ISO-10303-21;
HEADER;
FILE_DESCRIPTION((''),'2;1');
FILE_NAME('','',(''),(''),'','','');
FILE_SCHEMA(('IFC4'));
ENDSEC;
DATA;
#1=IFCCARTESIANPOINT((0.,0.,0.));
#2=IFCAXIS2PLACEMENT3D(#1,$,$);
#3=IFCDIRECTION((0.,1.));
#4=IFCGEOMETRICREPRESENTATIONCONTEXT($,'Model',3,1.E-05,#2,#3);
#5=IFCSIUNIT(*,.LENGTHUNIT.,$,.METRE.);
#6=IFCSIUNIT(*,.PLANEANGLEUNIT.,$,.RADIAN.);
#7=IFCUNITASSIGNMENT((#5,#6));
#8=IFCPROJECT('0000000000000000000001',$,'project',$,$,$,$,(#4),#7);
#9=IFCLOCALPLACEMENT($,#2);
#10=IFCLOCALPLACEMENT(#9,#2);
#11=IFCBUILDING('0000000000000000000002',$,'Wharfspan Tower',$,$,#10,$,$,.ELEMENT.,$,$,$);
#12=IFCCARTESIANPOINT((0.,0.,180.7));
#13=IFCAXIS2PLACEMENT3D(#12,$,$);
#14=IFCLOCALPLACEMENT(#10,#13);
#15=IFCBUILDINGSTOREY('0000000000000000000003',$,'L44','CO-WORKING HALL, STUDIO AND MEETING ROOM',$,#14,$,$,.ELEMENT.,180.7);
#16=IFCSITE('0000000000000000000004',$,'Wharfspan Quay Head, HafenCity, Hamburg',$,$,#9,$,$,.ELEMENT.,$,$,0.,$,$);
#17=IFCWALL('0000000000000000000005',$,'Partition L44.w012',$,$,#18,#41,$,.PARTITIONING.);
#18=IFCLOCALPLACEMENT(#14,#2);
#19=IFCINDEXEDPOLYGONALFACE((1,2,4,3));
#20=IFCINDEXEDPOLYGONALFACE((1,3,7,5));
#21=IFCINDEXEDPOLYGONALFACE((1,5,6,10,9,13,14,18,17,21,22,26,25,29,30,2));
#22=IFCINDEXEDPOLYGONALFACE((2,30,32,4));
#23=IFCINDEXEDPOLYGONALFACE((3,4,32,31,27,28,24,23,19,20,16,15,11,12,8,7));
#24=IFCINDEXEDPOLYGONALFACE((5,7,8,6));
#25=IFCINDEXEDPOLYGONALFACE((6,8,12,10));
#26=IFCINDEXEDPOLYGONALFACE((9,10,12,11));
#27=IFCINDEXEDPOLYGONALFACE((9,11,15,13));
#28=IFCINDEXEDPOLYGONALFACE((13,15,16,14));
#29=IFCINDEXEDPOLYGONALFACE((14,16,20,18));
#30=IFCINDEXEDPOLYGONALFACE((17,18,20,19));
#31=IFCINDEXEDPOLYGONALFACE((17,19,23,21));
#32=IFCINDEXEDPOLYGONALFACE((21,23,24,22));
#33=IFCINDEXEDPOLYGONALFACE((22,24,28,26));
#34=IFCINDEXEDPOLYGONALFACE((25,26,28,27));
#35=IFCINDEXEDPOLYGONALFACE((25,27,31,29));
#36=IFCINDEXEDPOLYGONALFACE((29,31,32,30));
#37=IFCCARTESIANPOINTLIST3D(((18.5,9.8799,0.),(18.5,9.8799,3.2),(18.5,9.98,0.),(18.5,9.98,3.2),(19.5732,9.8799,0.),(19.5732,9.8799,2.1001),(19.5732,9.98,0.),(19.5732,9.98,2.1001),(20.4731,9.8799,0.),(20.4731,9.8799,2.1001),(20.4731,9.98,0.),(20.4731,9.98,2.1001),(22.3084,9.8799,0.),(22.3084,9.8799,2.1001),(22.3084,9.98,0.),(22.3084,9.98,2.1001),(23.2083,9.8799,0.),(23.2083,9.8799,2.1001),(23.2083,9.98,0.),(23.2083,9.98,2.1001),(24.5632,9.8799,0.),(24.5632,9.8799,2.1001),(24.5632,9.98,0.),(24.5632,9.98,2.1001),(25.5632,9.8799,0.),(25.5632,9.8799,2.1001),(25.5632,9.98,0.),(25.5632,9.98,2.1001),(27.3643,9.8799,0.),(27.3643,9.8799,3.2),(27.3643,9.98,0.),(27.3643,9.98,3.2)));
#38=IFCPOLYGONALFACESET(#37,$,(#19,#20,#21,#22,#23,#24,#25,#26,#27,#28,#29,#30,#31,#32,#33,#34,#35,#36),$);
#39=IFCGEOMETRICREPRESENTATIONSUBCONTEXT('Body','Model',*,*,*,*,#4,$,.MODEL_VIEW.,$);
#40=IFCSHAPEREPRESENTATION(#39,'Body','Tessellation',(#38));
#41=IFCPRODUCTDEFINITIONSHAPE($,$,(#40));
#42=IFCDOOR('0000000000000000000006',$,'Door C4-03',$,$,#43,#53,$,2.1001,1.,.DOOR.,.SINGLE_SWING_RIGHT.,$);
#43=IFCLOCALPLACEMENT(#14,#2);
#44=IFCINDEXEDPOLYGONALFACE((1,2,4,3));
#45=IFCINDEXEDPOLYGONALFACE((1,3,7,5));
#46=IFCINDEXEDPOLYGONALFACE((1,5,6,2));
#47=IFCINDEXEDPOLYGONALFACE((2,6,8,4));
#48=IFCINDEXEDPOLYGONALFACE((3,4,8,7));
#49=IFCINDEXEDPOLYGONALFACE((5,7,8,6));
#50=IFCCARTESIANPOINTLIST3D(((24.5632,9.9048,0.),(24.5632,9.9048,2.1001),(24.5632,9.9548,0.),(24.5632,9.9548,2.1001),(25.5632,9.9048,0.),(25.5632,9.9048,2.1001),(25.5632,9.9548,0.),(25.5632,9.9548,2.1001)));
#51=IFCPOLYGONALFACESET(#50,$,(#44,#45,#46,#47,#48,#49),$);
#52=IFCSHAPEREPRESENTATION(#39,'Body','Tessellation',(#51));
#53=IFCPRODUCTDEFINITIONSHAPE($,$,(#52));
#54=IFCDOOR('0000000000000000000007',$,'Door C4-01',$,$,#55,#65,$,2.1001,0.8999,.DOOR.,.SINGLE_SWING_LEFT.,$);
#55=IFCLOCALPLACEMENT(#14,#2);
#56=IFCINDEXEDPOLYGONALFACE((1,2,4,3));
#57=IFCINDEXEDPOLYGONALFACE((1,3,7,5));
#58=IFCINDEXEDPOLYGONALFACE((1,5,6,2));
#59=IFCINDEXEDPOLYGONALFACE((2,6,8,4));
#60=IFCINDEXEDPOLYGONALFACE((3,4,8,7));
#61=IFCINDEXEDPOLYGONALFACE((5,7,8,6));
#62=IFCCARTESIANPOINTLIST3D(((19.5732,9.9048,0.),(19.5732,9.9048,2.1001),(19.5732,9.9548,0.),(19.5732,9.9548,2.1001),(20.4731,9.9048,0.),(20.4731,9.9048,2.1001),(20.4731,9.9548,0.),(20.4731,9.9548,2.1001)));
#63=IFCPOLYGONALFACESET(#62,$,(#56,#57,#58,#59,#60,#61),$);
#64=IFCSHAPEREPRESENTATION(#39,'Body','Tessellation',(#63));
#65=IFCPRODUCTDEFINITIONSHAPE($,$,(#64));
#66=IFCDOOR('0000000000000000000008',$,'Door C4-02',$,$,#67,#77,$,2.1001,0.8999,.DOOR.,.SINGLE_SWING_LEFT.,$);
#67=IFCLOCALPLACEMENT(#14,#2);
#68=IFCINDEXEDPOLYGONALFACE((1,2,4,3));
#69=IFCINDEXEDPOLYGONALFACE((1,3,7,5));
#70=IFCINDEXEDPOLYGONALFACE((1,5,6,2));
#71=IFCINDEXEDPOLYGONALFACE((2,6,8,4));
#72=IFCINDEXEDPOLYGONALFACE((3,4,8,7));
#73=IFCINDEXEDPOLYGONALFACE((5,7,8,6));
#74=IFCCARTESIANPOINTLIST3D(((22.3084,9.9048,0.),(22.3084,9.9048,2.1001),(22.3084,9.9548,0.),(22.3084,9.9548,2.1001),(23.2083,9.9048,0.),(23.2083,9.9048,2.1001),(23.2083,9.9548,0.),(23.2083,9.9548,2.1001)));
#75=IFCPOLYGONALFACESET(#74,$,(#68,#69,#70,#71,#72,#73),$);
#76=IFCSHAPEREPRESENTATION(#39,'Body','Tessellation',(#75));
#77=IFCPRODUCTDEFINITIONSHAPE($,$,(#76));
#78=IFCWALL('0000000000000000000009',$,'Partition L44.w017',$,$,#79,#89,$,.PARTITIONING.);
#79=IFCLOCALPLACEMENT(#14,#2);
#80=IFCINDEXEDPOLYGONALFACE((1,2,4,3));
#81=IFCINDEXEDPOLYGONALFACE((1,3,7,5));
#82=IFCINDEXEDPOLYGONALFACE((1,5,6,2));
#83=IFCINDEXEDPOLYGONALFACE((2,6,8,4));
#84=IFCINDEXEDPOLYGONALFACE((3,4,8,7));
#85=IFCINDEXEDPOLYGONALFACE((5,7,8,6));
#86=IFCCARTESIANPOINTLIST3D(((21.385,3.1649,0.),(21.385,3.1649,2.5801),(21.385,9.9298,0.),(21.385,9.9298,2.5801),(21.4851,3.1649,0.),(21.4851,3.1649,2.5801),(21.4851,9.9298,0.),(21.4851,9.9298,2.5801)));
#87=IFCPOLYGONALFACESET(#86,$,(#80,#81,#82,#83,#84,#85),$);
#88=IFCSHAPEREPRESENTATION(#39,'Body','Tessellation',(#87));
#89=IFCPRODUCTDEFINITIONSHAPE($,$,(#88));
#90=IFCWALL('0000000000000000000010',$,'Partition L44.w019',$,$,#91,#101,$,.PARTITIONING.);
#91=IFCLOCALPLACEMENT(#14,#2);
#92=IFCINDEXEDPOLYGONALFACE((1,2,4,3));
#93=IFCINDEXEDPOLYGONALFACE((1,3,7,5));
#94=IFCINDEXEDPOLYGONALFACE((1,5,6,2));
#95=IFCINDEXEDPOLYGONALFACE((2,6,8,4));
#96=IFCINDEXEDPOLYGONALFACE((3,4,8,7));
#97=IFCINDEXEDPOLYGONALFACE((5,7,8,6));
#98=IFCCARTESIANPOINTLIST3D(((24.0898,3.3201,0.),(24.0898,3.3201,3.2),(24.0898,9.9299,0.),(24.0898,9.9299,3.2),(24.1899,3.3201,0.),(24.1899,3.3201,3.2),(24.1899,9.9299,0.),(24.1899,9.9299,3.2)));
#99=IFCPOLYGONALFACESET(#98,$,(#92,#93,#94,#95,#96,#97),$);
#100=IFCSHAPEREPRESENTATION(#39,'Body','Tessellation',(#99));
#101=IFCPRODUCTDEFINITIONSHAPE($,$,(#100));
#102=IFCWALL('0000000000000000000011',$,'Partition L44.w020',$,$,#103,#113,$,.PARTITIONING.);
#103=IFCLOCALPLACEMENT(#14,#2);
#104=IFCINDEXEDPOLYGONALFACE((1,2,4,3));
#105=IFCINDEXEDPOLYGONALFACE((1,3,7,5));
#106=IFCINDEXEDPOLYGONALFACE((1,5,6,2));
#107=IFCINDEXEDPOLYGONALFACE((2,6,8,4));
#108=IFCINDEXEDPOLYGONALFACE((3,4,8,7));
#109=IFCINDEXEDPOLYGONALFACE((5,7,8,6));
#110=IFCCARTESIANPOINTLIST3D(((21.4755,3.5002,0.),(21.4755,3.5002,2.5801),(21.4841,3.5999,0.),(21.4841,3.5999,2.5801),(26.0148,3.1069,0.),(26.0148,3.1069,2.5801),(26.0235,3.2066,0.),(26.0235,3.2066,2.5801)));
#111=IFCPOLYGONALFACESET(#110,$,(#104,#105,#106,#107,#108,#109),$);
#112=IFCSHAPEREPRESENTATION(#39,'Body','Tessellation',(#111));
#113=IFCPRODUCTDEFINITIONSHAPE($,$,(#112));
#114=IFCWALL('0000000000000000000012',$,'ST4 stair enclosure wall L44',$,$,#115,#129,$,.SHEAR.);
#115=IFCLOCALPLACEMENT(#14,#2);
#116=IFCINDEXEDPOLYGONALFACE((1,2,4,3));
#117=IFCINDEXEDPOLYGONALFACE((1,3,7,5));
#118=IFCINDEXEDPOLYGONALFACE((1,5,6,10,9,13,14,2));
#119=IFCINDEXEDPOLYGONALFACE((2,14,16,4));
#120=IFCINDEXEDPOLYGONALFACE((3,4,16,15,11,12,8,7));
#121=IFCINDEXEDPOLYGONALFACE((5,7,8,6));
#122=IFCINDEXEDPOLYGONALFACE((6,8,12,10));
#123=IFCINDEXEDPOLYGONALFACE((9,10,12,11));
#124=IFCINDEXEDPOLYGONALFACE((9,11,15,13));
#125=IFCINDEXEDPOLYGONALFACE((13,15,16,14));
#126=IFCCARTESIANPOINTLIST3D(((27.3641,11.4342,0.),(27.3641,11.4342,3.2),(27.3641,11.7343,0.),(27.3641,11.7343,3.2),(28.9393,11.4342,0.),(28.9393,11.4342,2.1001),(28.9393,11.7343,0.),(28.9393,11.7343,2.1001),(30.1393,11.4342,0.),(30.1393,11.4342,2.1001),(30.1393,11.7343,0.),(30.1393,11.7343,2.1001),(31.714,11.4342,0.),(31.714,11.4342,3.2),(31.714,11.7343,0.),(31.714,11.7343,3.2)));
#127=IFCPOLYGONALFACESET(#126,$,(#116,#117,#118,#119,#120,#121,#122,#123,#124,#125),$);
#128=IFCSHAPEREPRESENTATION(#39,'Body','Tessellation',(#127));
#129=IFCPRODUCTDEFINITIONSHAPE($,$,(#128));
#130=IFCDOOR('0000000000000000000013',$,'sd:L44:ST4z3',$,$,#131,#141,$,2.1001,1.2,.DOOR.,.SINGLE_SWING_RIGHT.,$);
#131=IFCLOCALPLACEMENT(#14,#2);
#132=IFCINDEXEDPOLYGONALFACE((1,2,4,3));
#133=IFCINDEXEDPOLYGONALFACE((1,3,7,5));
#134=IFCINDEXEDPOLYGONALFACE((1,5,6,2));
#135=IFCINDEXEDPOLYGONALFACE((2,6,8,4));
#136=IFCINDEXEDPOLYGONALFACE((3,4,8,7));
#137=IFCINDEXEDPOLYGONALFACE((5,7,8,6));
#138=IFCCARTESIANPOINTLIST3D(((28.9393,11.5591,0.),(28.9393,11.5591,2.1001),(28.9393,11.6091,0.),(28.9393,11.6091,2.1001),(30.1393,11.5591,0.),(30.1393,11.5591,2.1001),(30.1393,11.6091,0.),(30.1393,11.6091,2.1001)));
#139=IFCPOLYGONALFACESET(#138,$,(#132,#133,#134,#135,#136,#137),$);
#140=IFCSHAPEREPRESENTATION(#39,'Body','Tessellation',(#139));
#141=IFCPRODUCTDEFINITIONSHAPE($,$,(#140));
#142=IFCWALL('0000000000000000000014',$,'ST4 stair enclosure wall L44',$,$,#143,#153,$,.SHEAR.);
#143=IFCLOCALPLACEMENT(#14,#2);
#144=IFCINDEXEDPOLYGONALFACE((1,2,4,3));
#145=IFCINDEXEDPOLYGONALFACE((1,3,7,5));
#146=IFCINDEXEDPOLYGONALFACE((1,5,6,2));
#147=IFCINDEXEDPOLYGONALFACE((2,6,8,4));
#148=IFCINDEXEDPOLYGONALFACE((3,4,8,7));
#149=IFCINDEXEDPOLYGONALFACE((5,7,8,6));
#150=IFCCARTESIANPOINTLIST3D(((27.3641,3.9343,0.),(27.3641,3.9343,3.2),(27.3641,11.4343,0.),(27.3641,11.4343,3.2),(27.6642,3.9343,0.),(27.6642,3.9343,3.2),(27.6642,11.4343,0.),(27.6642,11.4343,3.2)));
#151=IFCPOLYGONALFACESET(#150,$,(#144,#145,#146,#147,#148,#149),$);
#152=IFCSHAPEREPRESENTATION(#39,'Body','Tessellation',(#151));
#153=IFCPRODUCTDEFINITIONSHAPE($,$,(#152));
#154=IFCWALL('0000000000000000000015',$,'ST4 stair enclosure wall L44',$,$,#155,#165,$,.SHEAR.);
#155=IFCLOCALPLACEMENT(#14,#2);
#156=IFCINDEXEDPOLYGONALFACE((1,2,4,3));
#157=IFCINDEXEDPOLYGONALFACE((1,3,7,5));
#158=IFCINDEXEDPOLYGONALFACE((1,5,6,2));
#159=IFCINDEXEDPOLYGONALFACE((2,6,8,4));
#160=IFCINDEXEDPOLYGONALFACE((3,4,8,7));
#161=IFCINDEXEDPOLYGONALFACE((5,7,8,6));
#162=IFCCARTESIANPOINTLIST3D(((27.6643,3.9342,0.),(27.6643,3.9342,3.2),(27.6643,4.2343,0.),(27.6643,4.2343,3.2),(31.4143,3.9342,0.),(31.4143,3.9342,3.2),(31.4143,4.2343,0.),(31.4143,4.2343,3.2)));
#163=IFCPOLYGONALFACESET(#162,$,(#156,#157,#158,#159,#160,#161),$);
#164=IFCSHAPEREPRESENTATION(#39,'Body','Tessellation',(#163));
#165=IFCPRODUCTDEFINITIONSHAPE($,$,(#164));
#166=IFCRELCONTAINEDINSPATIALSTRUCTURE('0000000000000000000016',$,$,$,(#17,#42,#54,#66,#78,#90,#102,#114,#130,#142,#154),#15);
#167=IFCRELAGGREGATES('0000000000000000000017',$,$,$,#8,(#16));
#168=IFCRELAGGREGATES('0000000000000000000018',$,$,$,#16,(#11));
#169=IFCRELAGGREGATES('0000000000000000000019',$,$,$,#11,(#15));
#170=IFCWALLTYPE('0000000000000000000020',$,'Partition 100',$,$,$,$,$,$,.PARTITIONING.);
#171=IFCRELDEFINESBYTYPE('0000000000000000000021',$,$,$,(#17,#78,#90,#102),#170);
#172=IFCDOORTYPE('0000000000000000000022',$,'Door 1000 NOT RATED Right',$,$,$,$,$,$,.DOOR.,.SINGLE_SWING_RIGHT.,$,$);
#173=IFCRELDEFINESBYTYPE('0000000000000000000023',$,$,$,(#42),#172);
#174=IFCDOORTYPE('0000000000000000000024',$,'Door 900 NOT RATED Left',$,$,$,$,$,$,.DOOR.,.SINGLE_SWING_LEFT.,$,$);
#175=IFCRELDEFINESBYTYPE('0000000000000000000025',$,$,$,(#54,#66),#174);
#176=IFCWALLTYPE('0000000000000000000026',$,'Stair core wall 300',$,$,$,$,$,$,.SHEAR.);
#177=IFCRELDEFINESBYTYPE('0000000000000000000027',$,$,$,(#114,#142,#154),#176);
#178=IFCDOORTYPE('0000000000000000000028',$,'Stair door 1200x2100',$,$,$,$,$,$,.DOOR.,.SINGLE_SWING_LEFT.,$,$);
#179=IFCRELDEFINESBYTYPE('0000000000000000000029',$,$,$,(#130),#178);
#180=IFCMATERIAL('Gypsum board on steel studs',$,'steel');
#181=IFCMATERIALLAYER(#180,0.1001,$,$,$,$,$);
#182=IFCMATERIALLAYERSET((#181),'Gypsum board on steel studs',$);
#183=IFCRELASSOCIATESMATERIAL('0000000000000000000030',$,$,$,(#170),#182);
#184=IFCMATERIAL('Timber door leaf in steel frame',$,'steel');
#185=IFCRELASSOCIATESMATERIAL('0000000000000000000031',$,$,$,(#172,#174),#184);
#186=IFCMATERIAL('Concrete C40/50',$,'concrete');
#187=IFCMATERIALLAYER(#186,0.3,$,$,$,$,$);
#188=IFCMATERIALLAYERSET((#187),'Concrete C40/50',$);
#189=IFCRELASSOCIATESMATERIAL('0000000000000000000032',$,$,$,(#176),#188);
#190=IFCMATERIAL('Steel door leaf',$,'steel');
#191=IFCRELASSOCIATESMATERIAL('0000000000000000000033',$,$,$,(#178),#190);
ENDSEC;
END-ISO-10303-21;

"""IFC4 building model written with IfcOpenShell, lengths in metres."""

from ifc_helpers import new_model, si_unit, direction, frame, frame_2d, origin, place, context, subcontext, project, spatial, rectangle, extrude, material, layer, layer_set, type_object, element, fill, save


model = new_model("IFC4")

# Units and contexts
model_context = context("Model", 3, precision=1e-05, world=origin(), true_north=direction((0.0, 1.0)))
body_context = subcontext(model_context, "Body", "Model", "MODEL_VIEW")
ifc_project = project(units=[si_unit("LENGTHUNIT", "METRE"), si_unit("PLANEANGLEUNIT", "RADIAN")], contexts=[model_context])

# Site, building, storey
site_placement = place(None, origin())
site = spatial("IfcSite", under=ifc_project, at=site_placement, Name="Wharfspan Quay Head, HafenCity, Hamburg", CompositionType="ELEMENT", RefElevation=0.0)
building_placement = place(site_placement, origin())
building = spatial("IfcBuilding", under=site, at=building_placement, Name="Wharfspan Tower", CompositionType="ELEMENT")
storey_placement = place(building_placement, frame((0.0, 0.0, 180.7)))
storey = spatial("IfcBuildingStorey", under=building, at=storey_placement, Name="L44", Description="CO-WORKING HALL, STUDIO AND MEETING ROOM", CompositionType="ELEMENT", Elevation=180.7)

# Shared definitions
ifc_material_1 = material(Name="Gypsum board on steel studs", Category="steel")

# Shared definitions
ifc_layer_1 = layer(ifc_material_1, 0.1001)
ifc_layer_set_1 = layer_set([ifc_layer_1], Name="Gypsum board on steel studs")
wall_type_1 = type_object("IfcWallType", Name="Partition 100", PredefinedType="PARTITIONING", material=ifc_layer_set_1)

# Wall, openings, doors
wall_1_placement = place(storey_placement, frame((18.5, 9.9299, 0.0), z_axis=(0.0, 0.0, 1.0), x_axis=(1.0, 0.0, 0.0)))
wall_1 = element("IfcWall", 1, at=wall_1_placement, inside=storey, type_object=wall_type_1, Name="Partition L44.w012", PredefinedType="PARTITIONING", context=body_context, shape_type="SweptSolid", body=[
    extrude(rectangle(XDim=8.8643, YDim=0.1001, at=frame_2d((4.4321, 0.0))), origin(), (0.0, 0.0, 1.0), 3.2),
])
opening_1_placement = place(wall_1_placement, frame((1.0732, 0.0, 0.0)))
opening_1 = element("IfcOpeningElement", 2, at=opening_1_placement, cuts=wall_1, PredefinedType="OPENING", context=body_context, shape_type="SweptSolid", body=[
    extrude(rectangle(XDim=0.8999, YDim=2.1001, at=frame_2d((0.45, 1.05))), frame((0.0, 0.0601, 0.0), z_axis=(0.0, -1.0, 0.0), x_axis=(1.0, 0.0, 0.0)), (0.0, 0.0, 1.0), 0.1201),
])
opening_2_placement = place(wall_1_placement, frame((3.8083, 0.0, 0.0)))
opening_2 = element("IfcOpeningElement", 3, at=opening_2_placement, cuts=wall_1, PredefinedType="OPENING", context=body_context, shape_type="SweptSolid", body=[
    extrude(rectangle(XDim=0.8999, YDim=2.1001, at=frame_2d((0.45, 1.05))), frame((0.0, 0.0601, 0.0), z_axis=(0.0, -1.0, 0.0), x_axis=(1.0, 0.0, 0.0)), (0.0, 0.0, 1.0), 0.1201),
])
opening_3_placement = place(wall_1_placement, frame((6.0632, 0.0, 0.0)))
opening_3 = element("IfcOpeningElement", 4, at=opening_3_placement, cuts=wall_1, PredefinedType="OPENING", context=body_context, shape_type="SweptSolid", body=[
    extrude(rectangle(XDim=1.0, YDim=2.1001, at=frame_2d((0.5, 1.05))), frame((0.0, 0.0601, 0.0), z_axis=(0.0, -1.0, 0.0), x_axis=(1.0, 0.0, 0.0)), (0.0, 0.0, 1.0), 0.1201),
])
ifc_material_2 = material(Name="Timber door leaf in steel frame", Category="steel")
door_type_1 = type_object("IfcDoorType", Name="Door 1000 NOT RATED Right", OperationType="SINGLE_SWING_RIGHT", PredefinedType="DOOR", material=ifc_material_2)
door_1_placement = place(opening_3_placement, origin())
door_1 = element("IfcDoor", 5, at=door_1_placement, inside=storey, type_object=door_type_1, Name="Door C4-03", OperationType="SINGLE_SWING_RIGHT", OverallHeight=2.1001, OverallWidth=1.0, PredefinedType="DOOR", context=body_context, shape_type="SweptSolid", body=[
    extrude(rectangle(XDim=1.0, YDim=2.1001, at=frame_2d((0.5, 1.05))), frame((0.0, 0.0249, 0.0), z_axis=(0.0, -1.0, 0.0), x_axis=(1.0, 0.0, 0.0)), (0.0, 0.0, 1.0), 0.05),
])
fill(opening_3, door_1)
door_type_2 = type_object("IfcDoorType", Name="Door 900 NOT RATED Left", OperationType="SINGLE_SWING_LEFT", PredefinedType="DOOR", material=ifc_material_2)
door_2_placement = place(opening_1_placement, origin())
door_2 = element("IfcDoor", 6, at=door_2_placement, inside=storey, type_object=door_type_2, Name="Door C4-01", OperationType="SINGLE_SWING_LEFT", OverallHeight=2.1001, OverallWidth=0.8999, PredefinedType="DOOR", context=body_context, shape_type="SweptSolid", body=[
    extrude(rectangle(XDim=0.8999, YDim=2.1001, at=frame_2d((0.45, 1.05))), frame((0.0, 0.0249, 0.0), z_axis=(0.0, -1.0, 0.0), x_axis=(1.0, 0.0, 0.0)), (0.0, 0.0, 1.0), 0.05),
])
fill(opening_1, door_2)
door_3_placement = place(opening_2_placement, origin())
door_3 = element("IfcDoor", 7, at=door_3_placement, inside=storey, type_object=door_type_2, Name="Door C4-02", OperationType="SINGLE_SWING_LEFT", OverallHeight=2.1001, OverallWidth=0.8999, PredefinedType="DOOR", context=body_context, shape_type="SweptSolid", body=[
    extrude(rectangle(XDim=0.8999, YDim=2.1001, at=frame_2d((0.45, 1.05))), frame((0.0, 0.0249, 0.0), z_axis=(0.0, -1.0, 0.0), x_axis=(1.0, 0.0, 0.0)), (0.0, 0.0, 1.0), 0.05),
])
fill(opening_2, door_3)

# Walls
wall_2_placement = place(storey_placement, frame((21.4351, 3.165, 0.0), z_axis=(0.0, 0.0, 1.0), x_axis=(0.0, 1.0, 0.0)))
element("IfcWall", 8, at=wall_2_placement, inside=storey, type_object=wall_type_1, Name="Partition L44.w017", PredefinedType="PARTITIONING", context=body_context, shape_type="SweptSolid", body=[
    extrude(rectangle(XDim=6.7649, YDim=0.1001, at=frame_2d((3.3823, 0.0))), origin(), (0.0, 0.0, 1.0), 2.5801),
])
wall_3_placement = place(storey_placement, frame((24.1399, 3.3201, 0.0), z_axis=(0.0, 0.0, 1.0), x_axis=(0.0, 1.0, 0.0)))
element("IfcWall", 9, at=wall_3_placement, inside=storey, type_object=wall_type_1, Name="Partition L44.w019", PredefinedType="PARTITIONING", context=body_context, shape_type="SweptSolid", body=[
    extrude(rectangle(XDim=6.6099, YDim=0.1001, at=frame_2d((3.3049, 0.0))), origin(), (0.0, 0.0, 1.0), 3.2),
])
wall_4_placement = place(storey_placement, frame((26.0193, 3.1567, 0.0), z_axis=(0.0, 0.0, 1.0), x_axis=(-0.996266, 0.086322, 0.0)))
element("IfcWall", 10, at=wall_4_placement, inside=storey, type_object=wall_type_1, Name="Partition L44.w020", PredefinedType="PARTITIONING", context=body_context, shape_type="SweptSolid", body=[
    extrude(rectangle(XDim=4.5564, YDim=0.1001, at=frame_2d((2.2783, 0.0))), origin(), (0.0, 0.0, 1.0), 2.5801),
])

# Wall, opening, door
ifc_material_3 = material(Name="Concrete C40/50", Category="concrete")
ifc_layer_2 = layer(ifc_material_3, 0.3)
ifc_layer_set_2 = layer_set([ifc_layer_2], Name="Concrete C40/50")
wall_type_2 = type_object("IfcWallType", Name="Stair core wall 300", PredefinedType="SHEAR", material=ifc_layer_set_2)
wall_5_placement = place(storey_placement, frame((27.3643, 11.5842, 0.0), z_axis=(0.0, 0.0, 1.0), x_axis=(1.0, 0.0, 0.0)))
wall_5 = element("IfcWall", 11, at=wall_5_placement, inside=storey, type_object=wall_type_2, Name="ST4 stair enclosure wall L44", PredefinedType="SHEAR", context=body_context, shape_type="SweptSolid", body=[
    extrude(rectangle(XDim=4.3499, YDim=0.3, at=frame_2d((2.1748, 0.0))), origin(), (0.0, 0.0, 1.0), 3.2),
])
opening_4_placement = place(wall_5_placement, frame((1.575, 0.0, 0.0)))
opening_4 = element("IfcOpeningElement", 12, at=opening_4_placement, cuts=wall_5, PredefinedType="OPENING", context=body_context, shape_type="SweptSolid", body=[
    extrude(rectangle(XDim=1.2, YDim=2.1001, at=frame_2d((0.6001, 1.05))), frame((0.0, 0.1599, 0.0), z_axis=(0.0, -1.0, 0.0), x_axis=(1.0, 0.0, 0.0)), (0.0, 0.0, 1.0), 0.3201),
])
ifc_material_4 = material(Name="Steel door leaf", Category="steel")
door_type_3 = type_object("IfcDoorType", Name="Stair door 1200x2100", OperationType="SINGLE_SWING_LEFT", PredefinedType="DOOR", material=ifc_material_4)
door_4_placement = place(opening_4_placement, origin())
door_4 = element("IfcDoor", 13, at=door_4_placement, inside=storey, type_object=door_type_3, Name="sd:L44:ST4z3", OperationType="SINGLE_SWING_RIGHT", OverallHeight=2.1001, OverallWidth=1.2, PredefinedType="DOOR", context=body_context, shape_type="SweptSolid", body=[
    extrude(rectangle(XDim=1.2, YDim=2.1001, at=frame_2d((0.6001, 1.05))), frame((0.0, 0.0249, 0.0), z_axis=(0.0, -1.0, 0.0), x_axis=(1.0, 0.0, 0.0)), (0.0, 0.0, 1.0), 0.05),
])
fill(opening_4, door_4)

# Walls
wall_6_placement = place(storey_placement, frame((27.5142, 3.9343, 0.0), z_axis=(0.0, 0.0, 1.0), x_axis=(0.0, 1.0, 0.0)))
element("IfcWall", 14, at=wall_6_placement, inside=storey, type_object=wall_type_2, Name="ST4 stair enclosure wall L44", PredefinedType="SHEAR", context=body_context, shape_type="SweptSolid", body=[
    extrude(rectangle(XDim=7.5, YDim=0.3, at=frame_2d((3.75, 0.0))), origin(), (0.0, 0.0, 1.0), 3.2),
])
wall_7_placement = place(storey_placement, frame((27.6643, 4.0842, 0.0), z_axis=(0.0, 0.0, 1.0), x_axis=(1.0, 0.0, 0.0)))
element("IfcWall", 15, at=wall_7_placement, inside=storey, type_object=wall_type_2, Name="ST4 stair enclosure wall L44", PredefinedType="SHEAR", context=body_context, shape_type="SweptSolid", body=[
    extrude(rectangle(XDim=3.75, YDim=0.3, at=frame_2d((1.875, 0.0))), origin(), (0.0, 0.0, 1.0), 3.2),
])

save(model, "model.ifc")
